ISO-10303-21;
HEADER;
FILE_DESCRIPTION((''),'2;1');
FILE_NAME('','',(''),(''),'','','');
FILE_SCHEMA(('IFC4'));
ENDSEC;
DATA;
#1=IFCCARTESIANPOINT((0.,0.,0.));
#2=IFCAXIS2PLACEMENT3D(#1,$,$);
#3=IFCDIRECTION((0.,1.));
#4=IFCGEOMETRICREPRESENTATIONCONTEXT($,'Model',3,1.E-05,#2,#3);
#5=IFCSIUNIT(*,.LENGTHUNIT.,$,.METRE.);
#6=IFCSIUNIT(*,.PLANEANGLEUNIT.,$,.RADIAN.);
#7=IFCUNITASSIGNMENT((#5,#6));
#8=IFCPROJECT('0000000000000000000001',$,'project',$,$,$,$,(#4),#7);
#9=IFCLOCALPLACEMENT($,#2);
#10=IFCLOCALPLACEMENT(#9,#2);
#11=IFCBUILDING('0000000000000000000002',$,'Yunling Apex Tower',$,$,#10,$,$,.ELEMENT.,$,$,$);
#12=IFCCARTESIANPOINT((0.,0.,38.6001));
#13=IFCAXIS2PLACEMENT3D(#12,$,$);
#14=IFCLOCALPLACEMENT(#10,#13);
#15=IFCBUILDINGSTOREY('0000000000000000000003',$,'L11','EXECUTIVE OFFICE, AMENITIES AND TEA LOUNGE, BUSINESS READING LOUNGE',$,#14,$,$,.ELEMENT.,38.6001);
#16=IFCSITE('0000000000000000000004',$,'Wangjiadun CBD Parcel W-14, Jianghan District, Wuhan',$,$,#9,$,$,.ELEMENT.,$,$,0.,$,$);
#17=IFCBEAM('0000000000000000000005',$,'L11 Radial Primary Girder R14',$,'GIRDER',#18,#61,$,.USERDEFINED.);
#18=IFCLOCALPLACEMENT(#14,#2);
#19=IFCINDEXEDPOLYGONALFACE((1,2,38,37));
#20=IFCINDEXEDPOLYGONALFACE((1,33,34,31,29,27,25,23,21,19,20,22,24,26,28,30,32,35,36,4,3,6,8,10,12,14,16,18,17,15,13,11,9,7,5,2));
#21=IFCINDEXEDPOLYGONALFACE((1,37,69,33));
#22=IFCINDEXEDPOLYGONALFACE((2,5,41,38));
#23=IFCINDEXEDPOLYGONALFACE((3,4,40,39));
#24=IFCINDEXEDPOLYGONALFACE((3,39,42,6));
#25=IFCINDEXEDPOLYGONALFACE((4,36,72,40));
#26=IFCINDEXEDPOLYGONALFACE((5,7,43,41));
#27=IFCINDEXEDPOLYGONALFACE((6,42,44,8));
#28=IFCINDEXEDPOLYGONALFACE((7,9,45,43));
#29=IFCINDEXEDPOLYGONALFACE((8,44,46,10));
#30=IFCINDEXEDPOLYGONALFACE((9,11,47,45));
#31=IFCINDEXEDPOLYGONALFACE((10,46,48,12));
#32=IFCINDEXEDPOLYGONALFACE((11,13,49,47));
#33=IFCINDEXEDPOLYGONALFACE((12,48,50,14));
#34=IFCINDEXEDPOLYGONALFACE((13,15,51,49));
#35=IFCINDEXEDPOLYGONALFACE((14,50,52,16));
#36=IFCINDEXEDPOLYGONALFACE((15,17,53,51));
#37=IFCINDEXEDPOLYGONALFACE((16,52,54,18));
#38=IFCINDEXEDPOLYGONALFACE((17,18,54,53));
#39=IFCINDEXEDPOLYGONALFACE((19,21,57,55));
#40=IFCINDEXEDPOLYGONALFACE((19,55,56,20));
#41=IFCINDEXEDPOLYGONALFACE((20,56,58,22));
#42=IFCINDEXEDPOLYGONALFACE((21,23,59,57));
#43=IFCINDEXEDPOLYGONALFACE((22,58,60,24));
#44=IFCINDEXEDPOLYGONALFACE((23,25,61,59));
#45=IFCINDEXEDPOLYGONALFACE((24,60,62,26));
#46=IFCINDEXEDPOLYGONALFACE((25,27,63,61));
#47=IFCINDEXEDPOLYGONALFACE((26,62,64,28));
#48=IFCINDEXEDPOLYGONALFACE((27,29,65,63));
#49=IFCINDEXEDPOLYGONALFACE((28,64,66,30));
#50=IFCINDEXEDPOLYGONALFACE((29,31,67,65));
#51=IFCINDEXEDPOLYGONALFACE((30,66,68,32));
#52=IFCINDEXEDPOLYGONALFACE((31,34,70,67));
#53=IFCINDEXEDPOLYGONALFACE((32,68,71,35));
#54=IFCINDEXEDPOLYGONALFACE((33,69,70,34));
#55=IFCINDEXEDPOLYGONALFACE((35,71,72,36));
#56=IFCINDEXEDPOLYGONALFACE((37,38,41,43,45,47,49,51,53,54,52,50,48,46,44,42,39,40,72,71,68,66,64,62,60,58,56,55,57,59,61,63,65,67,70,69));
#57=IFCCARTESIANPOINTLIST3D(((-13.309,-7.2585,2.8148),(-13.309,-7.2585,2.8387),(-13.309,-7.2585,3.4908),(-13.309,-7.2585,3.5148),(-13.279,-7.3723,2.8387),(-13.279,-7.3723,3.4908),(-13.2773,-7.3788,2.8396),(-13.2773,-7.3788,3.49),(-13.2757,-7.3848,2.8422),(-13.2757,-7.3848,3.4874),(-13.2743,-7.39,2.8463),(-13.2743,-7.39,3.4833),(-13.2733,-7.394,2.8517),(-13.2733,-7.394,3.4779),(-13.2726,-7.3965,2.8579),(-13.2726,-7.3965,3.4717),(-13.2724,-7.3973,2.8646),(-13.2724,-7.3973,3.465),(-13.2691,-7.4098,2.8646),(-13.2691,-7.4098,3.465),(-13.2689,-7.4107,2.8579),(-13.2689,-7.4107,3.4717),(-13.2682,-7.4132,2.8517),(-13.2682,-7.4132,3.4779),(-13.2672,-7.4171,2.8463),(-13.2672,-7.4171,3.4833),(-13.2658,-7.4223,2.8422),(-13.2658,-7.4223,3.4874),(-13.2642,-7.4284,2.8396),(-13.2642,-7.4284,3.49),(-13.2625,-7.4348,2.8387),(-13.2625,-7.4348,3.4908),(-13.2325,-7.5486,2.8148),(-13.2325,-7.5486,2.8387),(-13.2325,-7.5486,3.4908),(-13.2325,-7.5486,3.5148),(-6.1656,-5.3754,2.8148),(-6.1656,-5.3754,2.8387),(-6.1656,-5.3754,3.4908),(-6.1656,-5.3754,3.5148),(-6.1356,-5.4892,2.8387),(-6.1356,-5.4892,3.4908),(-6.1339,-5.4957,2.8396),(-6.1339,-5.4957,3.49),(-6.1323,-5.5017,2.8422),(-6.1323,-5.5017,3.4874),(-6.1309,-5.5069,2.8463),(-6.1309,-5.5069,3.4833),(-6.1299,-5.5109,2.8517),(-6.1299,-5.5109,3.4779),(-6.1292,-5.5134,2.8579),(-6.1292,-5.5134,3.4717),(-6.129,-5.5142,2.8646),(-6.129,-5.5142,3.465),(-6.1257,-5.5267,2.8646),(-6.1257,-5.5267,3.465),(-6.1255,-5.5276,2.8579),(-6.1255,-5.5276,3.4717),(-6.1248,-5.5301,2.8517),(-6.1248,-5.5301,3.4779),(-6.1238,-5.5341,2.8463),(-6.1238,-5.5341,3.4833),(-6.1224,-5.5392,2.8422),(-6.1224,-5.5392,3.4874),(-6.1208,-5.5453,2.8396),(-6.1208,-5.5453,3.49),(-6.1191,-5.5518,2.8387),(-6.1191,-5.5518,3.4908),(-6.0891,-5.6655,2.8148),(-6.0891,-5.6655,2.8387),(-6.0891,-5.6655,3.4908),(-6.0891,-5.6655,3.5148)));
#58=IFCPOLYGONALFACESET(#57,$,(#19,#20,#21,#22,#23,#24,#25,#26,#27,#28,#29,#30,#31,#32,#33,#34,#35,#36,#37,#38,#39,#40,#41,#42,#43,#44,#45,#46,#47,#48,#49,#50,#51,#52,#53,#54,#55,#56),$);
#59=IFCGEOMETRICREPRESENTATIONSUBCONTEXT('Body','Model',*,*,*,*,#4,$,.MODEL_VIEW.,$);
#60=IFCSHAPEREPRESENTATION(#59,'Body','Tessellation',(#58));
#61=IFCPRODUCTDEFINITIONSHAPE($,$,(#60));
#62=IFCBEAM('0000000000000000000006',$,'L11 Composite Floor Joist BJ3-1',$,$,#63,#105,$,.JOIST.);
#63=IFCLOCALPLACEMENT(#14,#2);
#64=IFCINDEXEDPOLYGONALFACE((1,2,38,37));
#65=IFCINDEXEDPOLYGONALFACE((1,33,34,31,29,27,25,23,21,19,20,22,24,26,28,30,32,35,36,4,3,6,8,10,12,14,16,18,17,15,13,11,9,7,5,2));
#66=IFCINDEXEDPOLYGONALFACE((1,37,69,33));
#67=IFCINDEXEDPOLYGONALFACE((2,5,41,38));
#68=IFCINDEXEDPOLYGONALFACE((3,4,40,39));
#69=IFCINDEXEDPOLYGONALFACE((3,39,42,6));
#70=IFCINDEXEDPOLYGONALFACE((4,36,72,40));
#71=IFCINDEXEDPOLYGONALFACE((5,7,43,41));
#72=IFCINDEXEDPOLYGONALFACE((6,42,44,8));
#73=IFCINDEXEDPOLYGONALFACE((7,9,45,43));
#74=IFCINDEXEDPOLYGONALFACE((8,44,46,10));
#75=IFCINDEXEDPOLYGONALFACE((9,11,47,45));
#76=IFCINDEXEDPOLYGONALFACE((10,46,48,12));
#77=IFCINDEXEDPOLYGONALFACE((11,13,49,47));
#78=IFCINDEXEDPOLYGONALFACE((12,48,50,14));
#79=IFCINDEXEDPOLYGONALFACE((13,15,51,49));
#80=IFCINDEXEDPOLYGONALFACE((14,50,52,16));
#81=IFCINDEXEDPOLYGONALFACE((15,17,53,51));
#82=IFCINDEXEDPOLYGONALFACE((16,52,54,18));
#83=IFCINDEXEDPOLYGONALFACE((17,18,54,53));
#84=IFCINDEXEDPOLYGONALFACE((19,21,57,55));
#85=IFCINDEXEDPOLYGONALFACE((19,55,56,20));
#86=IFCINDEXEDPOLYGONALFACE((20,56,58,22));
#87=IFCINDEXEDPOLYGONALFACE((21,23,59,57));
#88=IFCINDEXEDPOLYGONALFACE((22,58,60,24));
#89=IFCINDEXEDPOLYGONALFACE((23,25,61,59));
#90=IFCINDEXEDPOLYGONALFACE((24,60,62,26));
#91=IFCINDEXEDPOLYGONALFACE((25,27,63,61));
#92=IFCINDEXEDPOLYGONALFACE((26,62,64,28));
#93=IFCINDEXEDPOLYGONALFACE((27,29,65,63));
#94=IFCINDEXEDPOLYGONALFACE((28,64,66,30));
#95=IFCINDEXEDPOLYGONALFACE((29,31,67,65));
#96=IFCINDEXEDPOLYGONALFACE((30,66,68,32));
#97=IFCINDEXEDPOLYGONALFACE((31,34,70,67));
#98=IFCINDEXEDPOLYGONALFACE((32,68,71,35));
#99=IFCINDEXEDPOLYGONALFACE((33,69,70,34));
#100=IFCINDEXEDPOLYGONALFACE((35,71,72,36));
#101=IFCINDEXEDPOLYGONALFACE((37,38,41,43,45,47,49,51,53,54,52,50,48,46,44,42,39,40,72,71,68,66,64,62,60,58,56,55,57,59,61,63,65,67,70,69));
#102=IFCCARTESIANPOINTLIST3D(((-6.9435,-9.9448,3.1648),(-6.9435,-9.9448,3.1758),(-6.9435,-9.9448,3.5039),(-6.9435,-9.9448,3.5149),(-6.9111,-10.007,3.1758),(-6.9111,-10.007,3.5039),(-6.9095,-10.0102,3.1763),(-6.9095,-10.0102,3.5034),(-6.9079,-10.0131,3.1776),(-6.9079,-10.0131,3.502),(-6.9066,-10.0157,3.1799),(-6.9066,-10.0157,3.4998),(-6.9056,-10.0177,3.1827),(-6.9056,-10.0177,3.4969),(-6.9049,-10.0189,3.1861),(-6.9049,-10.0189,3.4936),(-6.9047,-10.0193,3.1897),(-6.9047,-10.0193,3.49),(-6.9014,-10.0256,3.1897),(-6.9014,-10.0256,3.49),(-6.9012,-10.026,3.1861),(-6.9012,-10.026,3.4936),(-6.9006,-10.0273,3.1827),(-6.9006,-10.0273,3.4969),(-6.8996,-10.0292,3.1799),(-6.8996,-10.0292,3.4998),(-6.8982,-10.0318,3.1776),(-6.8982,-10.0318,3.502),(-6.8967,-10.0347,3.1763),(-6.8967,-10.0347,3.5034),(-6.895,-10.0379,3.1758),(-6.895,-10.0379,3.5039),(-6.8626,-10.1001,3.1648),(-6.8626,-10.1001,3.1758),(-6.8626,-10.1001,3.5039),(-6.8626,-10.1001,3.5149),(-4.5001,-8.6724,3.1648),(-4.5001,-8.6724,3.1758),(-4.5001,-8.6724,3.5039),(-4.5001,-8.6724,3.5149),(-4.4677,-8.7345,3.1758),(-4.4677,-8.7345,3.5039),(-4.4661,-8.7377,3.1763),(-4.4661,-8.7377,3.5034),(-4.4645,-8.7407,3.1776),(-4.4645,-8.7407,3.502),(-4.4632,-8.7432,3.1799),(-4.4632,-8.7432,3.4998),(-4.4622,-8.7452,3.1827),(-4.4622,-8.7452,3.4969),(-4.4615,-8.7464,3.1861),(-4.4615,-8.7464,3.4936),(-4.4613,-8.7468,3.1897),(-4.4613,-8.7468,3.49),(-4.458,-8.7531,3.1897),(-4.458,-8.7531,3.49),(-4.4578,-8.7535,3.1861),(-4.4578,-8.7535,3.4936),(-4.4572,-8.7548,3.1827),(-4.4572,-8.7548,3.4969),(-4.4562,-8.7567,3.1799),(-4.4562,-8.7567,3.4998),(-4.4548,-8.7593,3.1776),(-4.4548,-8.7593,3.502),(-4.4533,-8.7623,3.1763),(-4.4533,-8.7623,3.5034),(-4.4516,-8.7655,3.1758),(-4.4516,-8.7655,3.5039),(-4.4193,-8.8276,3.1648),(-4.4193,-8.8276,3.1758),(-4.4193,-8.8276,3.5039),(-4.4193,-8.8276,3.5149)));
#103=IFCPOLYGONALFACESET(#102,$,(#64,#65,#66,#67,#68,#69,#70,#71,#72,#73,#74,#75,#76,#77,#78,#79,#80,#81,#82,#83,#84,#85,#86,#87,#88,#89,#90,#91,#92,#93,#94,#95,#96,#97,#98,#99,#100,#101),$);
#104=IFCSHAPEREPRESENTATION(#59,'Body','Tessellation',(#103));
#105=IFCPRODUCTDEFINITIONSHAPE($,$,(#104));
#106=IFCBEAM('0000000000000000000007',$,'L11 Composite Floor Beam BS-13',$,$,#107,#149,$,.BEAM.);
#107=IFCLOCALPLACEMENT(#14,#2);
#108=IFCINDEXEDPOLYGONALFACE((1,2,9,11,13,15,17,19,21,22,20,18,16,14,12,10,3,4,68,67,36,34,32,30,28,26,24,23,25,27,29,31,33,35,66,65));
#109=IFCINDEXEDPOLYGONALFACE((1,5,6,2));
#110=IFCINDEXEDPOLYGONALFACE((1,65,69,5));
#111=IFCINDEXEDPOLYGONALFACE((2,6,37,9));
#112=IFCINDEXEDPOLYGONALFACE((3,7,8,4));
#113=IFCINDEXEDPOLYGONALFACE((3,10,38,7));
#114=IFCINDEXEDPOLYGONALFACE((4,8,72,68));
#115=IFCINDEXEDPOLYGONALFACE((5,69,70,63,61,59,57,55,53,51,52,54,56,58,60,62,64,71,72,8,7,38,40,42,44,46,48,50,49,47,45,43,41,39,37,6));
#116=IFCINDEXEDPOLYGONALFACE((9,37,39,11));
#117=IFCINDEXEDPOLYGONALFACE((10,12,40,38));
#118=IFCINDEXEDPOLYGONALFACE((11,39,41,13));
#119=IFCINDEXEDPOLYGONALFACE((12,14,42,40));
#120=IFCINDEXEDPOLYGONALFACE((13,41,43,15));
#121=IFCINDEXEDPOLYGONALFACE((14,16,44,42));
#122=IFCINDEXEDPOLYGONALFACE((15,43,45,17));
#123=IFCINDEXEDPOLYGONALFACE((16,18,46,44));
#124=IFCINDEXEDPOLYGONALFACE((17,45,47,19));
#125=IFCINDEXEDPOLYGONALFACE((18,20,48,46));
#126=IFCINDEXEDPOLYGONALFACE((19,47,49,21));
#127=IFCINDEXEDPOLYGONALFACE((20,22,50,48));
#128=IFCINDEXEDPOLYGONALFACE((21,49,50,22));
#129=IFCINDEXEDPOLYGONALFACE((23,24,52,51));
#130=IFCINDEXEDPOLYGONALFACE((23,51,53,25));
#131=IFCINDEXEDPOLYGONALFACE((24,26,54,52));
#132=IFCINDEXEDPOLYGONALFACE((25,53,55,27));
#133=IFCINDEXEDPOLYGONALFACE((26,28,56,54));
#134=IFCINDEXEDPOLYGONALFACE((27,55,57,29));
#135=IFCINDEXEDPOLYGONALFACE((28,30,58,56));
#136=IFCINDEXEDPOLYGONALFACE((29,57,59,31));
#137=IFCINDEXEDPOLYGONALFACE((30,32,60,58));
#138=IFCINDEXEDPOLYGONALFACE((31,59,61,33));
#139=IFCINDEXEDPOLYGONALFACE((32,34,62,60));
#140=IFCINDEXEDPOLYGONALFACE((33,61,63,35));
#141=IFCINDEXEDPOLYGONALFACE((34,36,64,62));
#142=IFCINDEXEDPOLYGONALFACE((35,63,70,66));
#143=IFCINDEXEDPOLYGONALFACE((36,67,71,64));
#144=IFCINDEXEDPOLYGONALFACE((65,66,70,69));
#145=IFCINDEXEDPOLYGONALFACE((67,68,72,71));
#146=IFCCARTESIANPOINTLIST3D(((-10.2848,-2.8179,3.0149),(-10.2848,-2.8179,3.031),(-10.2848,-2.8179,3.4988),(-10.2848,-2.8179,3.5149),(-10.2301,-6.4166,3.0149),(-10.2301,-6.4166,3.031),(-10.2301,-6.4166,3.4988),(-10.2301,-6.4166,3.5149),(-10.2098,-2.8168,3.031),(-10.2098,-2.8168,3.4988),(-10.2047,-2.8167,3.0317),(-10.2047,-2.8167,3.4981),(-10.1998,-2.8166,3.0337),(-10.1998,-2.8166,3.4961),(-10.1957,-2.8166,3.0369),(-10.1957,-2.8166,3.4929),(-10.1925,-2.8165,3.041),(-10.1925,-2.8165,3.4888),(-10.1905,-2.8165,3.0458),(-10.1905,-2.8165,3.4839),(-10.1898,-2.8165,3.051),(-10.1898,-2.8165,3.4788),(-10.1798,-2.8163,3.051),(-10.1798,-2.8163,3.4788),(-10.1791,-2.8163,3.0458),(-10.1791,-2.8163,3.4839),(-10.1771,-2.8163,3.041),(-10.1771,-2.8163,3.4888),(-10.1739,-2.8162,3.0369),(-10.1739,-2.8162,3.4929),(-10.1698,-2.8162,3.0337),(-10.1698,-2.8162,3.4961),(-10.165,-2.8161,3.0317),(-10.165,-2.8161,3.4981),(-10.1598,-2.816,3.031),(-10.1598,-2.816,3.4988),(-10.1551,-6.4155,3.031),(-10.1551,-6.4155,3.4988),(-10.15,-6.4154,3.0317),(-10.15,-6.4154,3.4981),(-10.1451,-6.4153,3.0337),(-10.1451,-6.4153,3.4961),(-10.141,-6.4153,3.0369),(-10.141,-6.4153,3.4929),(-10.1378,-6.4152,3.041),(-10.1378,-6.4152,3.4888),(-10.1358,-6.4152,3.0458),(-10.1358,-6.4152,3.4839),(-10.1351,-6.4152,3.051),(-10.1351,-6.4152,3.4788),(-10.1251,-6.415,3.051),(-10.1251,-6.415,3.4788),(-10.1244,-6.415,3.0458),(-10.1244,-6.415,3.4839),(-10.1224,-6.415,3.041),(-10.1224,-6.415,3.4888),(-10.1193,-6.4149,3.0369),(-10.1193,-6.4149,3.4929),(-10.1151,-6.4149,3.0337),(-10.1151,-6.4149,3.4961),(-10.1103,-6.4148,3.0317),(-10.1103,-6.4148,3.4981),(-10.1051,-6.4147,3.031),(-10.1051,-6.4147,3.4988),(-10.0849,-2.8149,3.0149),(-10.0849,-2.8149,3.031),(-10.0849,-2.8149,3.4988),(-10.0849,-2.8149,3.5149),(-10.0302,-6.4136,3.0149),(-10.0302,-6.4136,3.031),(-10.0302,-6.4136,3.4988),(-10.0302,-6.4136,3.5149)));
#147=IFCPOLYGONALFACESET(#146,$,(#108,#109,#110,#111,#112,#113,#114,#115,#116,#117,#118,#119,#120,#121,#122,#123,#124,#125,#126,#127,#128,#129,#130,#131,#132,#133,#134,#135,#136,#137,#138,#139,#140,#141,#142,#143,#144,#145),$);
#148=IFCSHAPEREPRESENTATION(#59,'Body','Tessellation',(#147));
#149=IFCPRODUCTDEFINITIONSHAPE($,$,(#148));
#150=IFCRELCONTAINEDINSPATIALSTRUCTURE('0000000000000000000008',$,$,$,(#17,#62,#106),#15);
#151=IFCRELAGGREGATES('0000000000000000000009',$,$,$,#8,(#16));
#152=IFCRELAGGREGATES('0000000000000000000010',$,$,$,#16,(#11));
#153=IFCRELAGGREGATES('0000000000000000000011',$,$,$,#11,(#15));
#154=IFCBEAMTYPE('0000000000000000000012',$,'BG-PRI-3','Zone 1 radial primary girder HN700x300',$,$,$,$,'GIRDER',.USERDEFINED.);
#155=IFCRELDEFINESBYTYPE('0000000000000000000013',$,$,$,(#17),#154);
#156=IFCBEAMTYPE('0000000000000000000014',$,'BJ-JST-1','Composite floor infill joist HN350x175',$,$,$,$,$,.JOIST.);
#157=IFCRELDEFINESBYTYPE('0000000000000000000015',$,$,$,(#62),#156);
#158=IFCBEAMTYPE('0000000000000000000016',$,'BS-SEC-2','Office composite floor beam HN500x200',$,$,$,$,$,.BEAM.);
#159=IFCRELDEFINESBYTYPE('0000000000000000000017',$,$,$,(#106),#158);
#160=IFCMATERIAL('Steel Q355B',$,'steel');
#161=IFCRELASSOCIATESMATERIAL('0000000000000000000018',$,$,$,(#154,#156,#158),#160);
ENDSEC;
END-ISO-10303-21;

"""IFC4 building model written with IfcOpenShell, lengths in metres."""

from ifc_helpers import new_model, si_unit, direction, frame, origin, origin_2d, place, context, subcontext, project, spatial, i_section, extrude, source, transform, mapped, material, material_profile, profile_set, type_object, element, save


model = new_model("IFC4")

# Units and contexts
model_context = context("Model", 3, precision=1e-05, world=origin(), true_north=direction((0.0, 1.0)))
body_context = subcontext(model_context, "Body", "Model", "MODEL_VIEW")
ifc_project = project(units=[si_unit("LENGTHUNIT", "METRE"), si_unit("PLANEANGLEUNIT", "RADIAN")], contexts=[model_context])

# Site, building, storey
site_placement = place(None, origin())
site = spatial("IfcSite", under=ifc_project, at=site_placement, Name="Wangjiadun CBD Parcel W-14, Jianghan District, Wuhan", CompositionType="ELEMENT", RefElevation=0.0)
building_placement = place(site_placement, origin())
building = spatial("IfcBuilding", under=site, at=building_placement, Name="Yunling Apex Tower", CompositionType="ELEMENT")
storey_placement = place(building_placement, frame((0.0, 0.0, 38.6001)))
storey = spatial("IfcBuildingStorey", under=building, at=storey_placement, Name="L11", Description="EXECUTIVE OFFICE, AMENITIES AND TEA LOUNGE, BUSINESS READING LOUNGE", CompositionType="ELEMENT", Elevation=38.6001)

# Beams
ifc_material_1 = material(Name="Steel Q355B", Category="steel")
ifc_material_profile_1 = material_profile(ifc_material_1, i_section(OverallWidth=0.3, OverallDepth=0.7, WebThickness=0.0129, FlangeThickness=0.0239, FilletRadius=0.0259, at=origin_2d()))
ifc_profile_set_1 = profile_set([ifc_material_profile_1], Name="Steel Q355B")
beam_type_1 = type_object("IfcBeamType", Name="BG-PRI-3", Description="Zone 1 radial primary girder HN700x300", ElementType="GIRDER", PredefinedType="USERDEFINED", material=ifc_profile_set_1)
shared_shape_1 = source(origin(), body_context, "Body", "SweptSolid", [
    extrude(i_section(OverallWidth=0.3, OverallDepth=0.7, WebThickness=0.0129, FlangeThickness=0.0239, FilletRadius=0.0259, at=origin_2d()), origin(), (0.0, 0.0, 1.0), 7.3875),
])
beam_1_placement = place(storey_placement, frame((-13.2708, -7.4036, 3.1648), z_axis=(0.966967, 0.254903, 0.0), x_axis=(-0.254903, 0.966967, 0.0)))
element("IfcBeam", 1, at=beam_1_placement, inside=storey, type_object=beam_type_1, Name="L11 Radial Primary Girder R14", ObjectType="GIRDER", PredefinedType="USERDEFINED", context=body_context, shape_type="MappedRepresentation", body=[
    mapped(shared_shape_1, transform((0.0, 0.0, 0.0), scale=1.0)),
])
ifc_material_profile_2 = material_profile(ifc_material_1, i_section(OverallWidth=0.175, OverallDepth=0.3501, WebThickness=0.0071, FlangeThickness=0.011, FilletRadius=0.0139, at=origin_2d()))
ifc_profile_set_2 = profile_set([ifc_material_profile_2], Name="Steel Q355B")
beam_type_2 = type_object("IfcBeamType", Name="BJ-JST-1", Description="Composite floor infill joist HN350x175", PredefinedType="JOIST", material=ifc_profile_set_2)
shared_shape_2 = source(origin(), body_context, "Body", "SweptSolid", [
    extrude(i_section(OverallWidth=0.175, OverallDepth=0.3501, WebThickness=0.0071, FlangeThickness=0.011, FilletRadius=0.0139, at=origin_2d()), origin(), (0.0, 0.0, 1.0), 2.7549),
])
beam_2_placement = place(storey_placement, frame((-6.9031, -10.0225, 3.3398), z_axis=(0.886932, 0.4619, 0.0), x_axis=(-0.4619, 0.886932, 0.0)))
element("IfcBeam", 2, at=beam_2_placement, inside=storey, type_object=beam_type_2, Name="L11 Composite Floor Joist BJ3-1", PredefinedType="JOIST", context=body_context, shape_type="MappedRepresentation", body=[
    mapped(shared_shape_2, transform((0.0, 0.0, 0.0), scale=1.0)),
])
ifc_material_profile_3 = material_profile(ifc_material_1, i_section(OverallWidth=0.2, OverallDepth=0.5, WebThickness=0.01, FlangeThickness=0.0161, FilletRadius=0.02, at=origin_2d()))
ifc_profile_set_3 = profile_set([ifc_material_profile_3], Name="Steel Q355B")
beam_type_3 = type_object("IfcBeamType", Name="BS-SEC-2", Description="Office composite floor beam HN500x200", PredefinedType="BEAM", material=ifc_profile_set_3)
shared_shape_3 = source(origin(), body_context, "Body", "SweptSolid", [
    extrude(i_section(OverallWidth=0.2, OverallDepth=0.5, WebThickness=0.01, FlangeThickness=0.0161, FilletRadius=0.02, at=origin_2d()), origin(), (0.0, 0.0, 1.0), 3.5991),
])
beam_3_placement = place(storey_placement, frame((-10.1848, -2.8164, 3.2649), z_axis=(0.015195, -0.999885, 0.0), x_axis=(0.999885, 0.015195, 0.0)))
element("IfcBeam", 3, at=beam_3_placement, inside=storey, type_object=beam_type_3, Name="L11 Composite Floor Beam BS-13", PredefinedType="BEAM", context=body_context, shape_type="MappedRepresentation", body=[
    mapped(shared_shape_3, transform((0.0, 0.0, 0.0), scale=1.0)),
])

save(model, "model.ifc")
